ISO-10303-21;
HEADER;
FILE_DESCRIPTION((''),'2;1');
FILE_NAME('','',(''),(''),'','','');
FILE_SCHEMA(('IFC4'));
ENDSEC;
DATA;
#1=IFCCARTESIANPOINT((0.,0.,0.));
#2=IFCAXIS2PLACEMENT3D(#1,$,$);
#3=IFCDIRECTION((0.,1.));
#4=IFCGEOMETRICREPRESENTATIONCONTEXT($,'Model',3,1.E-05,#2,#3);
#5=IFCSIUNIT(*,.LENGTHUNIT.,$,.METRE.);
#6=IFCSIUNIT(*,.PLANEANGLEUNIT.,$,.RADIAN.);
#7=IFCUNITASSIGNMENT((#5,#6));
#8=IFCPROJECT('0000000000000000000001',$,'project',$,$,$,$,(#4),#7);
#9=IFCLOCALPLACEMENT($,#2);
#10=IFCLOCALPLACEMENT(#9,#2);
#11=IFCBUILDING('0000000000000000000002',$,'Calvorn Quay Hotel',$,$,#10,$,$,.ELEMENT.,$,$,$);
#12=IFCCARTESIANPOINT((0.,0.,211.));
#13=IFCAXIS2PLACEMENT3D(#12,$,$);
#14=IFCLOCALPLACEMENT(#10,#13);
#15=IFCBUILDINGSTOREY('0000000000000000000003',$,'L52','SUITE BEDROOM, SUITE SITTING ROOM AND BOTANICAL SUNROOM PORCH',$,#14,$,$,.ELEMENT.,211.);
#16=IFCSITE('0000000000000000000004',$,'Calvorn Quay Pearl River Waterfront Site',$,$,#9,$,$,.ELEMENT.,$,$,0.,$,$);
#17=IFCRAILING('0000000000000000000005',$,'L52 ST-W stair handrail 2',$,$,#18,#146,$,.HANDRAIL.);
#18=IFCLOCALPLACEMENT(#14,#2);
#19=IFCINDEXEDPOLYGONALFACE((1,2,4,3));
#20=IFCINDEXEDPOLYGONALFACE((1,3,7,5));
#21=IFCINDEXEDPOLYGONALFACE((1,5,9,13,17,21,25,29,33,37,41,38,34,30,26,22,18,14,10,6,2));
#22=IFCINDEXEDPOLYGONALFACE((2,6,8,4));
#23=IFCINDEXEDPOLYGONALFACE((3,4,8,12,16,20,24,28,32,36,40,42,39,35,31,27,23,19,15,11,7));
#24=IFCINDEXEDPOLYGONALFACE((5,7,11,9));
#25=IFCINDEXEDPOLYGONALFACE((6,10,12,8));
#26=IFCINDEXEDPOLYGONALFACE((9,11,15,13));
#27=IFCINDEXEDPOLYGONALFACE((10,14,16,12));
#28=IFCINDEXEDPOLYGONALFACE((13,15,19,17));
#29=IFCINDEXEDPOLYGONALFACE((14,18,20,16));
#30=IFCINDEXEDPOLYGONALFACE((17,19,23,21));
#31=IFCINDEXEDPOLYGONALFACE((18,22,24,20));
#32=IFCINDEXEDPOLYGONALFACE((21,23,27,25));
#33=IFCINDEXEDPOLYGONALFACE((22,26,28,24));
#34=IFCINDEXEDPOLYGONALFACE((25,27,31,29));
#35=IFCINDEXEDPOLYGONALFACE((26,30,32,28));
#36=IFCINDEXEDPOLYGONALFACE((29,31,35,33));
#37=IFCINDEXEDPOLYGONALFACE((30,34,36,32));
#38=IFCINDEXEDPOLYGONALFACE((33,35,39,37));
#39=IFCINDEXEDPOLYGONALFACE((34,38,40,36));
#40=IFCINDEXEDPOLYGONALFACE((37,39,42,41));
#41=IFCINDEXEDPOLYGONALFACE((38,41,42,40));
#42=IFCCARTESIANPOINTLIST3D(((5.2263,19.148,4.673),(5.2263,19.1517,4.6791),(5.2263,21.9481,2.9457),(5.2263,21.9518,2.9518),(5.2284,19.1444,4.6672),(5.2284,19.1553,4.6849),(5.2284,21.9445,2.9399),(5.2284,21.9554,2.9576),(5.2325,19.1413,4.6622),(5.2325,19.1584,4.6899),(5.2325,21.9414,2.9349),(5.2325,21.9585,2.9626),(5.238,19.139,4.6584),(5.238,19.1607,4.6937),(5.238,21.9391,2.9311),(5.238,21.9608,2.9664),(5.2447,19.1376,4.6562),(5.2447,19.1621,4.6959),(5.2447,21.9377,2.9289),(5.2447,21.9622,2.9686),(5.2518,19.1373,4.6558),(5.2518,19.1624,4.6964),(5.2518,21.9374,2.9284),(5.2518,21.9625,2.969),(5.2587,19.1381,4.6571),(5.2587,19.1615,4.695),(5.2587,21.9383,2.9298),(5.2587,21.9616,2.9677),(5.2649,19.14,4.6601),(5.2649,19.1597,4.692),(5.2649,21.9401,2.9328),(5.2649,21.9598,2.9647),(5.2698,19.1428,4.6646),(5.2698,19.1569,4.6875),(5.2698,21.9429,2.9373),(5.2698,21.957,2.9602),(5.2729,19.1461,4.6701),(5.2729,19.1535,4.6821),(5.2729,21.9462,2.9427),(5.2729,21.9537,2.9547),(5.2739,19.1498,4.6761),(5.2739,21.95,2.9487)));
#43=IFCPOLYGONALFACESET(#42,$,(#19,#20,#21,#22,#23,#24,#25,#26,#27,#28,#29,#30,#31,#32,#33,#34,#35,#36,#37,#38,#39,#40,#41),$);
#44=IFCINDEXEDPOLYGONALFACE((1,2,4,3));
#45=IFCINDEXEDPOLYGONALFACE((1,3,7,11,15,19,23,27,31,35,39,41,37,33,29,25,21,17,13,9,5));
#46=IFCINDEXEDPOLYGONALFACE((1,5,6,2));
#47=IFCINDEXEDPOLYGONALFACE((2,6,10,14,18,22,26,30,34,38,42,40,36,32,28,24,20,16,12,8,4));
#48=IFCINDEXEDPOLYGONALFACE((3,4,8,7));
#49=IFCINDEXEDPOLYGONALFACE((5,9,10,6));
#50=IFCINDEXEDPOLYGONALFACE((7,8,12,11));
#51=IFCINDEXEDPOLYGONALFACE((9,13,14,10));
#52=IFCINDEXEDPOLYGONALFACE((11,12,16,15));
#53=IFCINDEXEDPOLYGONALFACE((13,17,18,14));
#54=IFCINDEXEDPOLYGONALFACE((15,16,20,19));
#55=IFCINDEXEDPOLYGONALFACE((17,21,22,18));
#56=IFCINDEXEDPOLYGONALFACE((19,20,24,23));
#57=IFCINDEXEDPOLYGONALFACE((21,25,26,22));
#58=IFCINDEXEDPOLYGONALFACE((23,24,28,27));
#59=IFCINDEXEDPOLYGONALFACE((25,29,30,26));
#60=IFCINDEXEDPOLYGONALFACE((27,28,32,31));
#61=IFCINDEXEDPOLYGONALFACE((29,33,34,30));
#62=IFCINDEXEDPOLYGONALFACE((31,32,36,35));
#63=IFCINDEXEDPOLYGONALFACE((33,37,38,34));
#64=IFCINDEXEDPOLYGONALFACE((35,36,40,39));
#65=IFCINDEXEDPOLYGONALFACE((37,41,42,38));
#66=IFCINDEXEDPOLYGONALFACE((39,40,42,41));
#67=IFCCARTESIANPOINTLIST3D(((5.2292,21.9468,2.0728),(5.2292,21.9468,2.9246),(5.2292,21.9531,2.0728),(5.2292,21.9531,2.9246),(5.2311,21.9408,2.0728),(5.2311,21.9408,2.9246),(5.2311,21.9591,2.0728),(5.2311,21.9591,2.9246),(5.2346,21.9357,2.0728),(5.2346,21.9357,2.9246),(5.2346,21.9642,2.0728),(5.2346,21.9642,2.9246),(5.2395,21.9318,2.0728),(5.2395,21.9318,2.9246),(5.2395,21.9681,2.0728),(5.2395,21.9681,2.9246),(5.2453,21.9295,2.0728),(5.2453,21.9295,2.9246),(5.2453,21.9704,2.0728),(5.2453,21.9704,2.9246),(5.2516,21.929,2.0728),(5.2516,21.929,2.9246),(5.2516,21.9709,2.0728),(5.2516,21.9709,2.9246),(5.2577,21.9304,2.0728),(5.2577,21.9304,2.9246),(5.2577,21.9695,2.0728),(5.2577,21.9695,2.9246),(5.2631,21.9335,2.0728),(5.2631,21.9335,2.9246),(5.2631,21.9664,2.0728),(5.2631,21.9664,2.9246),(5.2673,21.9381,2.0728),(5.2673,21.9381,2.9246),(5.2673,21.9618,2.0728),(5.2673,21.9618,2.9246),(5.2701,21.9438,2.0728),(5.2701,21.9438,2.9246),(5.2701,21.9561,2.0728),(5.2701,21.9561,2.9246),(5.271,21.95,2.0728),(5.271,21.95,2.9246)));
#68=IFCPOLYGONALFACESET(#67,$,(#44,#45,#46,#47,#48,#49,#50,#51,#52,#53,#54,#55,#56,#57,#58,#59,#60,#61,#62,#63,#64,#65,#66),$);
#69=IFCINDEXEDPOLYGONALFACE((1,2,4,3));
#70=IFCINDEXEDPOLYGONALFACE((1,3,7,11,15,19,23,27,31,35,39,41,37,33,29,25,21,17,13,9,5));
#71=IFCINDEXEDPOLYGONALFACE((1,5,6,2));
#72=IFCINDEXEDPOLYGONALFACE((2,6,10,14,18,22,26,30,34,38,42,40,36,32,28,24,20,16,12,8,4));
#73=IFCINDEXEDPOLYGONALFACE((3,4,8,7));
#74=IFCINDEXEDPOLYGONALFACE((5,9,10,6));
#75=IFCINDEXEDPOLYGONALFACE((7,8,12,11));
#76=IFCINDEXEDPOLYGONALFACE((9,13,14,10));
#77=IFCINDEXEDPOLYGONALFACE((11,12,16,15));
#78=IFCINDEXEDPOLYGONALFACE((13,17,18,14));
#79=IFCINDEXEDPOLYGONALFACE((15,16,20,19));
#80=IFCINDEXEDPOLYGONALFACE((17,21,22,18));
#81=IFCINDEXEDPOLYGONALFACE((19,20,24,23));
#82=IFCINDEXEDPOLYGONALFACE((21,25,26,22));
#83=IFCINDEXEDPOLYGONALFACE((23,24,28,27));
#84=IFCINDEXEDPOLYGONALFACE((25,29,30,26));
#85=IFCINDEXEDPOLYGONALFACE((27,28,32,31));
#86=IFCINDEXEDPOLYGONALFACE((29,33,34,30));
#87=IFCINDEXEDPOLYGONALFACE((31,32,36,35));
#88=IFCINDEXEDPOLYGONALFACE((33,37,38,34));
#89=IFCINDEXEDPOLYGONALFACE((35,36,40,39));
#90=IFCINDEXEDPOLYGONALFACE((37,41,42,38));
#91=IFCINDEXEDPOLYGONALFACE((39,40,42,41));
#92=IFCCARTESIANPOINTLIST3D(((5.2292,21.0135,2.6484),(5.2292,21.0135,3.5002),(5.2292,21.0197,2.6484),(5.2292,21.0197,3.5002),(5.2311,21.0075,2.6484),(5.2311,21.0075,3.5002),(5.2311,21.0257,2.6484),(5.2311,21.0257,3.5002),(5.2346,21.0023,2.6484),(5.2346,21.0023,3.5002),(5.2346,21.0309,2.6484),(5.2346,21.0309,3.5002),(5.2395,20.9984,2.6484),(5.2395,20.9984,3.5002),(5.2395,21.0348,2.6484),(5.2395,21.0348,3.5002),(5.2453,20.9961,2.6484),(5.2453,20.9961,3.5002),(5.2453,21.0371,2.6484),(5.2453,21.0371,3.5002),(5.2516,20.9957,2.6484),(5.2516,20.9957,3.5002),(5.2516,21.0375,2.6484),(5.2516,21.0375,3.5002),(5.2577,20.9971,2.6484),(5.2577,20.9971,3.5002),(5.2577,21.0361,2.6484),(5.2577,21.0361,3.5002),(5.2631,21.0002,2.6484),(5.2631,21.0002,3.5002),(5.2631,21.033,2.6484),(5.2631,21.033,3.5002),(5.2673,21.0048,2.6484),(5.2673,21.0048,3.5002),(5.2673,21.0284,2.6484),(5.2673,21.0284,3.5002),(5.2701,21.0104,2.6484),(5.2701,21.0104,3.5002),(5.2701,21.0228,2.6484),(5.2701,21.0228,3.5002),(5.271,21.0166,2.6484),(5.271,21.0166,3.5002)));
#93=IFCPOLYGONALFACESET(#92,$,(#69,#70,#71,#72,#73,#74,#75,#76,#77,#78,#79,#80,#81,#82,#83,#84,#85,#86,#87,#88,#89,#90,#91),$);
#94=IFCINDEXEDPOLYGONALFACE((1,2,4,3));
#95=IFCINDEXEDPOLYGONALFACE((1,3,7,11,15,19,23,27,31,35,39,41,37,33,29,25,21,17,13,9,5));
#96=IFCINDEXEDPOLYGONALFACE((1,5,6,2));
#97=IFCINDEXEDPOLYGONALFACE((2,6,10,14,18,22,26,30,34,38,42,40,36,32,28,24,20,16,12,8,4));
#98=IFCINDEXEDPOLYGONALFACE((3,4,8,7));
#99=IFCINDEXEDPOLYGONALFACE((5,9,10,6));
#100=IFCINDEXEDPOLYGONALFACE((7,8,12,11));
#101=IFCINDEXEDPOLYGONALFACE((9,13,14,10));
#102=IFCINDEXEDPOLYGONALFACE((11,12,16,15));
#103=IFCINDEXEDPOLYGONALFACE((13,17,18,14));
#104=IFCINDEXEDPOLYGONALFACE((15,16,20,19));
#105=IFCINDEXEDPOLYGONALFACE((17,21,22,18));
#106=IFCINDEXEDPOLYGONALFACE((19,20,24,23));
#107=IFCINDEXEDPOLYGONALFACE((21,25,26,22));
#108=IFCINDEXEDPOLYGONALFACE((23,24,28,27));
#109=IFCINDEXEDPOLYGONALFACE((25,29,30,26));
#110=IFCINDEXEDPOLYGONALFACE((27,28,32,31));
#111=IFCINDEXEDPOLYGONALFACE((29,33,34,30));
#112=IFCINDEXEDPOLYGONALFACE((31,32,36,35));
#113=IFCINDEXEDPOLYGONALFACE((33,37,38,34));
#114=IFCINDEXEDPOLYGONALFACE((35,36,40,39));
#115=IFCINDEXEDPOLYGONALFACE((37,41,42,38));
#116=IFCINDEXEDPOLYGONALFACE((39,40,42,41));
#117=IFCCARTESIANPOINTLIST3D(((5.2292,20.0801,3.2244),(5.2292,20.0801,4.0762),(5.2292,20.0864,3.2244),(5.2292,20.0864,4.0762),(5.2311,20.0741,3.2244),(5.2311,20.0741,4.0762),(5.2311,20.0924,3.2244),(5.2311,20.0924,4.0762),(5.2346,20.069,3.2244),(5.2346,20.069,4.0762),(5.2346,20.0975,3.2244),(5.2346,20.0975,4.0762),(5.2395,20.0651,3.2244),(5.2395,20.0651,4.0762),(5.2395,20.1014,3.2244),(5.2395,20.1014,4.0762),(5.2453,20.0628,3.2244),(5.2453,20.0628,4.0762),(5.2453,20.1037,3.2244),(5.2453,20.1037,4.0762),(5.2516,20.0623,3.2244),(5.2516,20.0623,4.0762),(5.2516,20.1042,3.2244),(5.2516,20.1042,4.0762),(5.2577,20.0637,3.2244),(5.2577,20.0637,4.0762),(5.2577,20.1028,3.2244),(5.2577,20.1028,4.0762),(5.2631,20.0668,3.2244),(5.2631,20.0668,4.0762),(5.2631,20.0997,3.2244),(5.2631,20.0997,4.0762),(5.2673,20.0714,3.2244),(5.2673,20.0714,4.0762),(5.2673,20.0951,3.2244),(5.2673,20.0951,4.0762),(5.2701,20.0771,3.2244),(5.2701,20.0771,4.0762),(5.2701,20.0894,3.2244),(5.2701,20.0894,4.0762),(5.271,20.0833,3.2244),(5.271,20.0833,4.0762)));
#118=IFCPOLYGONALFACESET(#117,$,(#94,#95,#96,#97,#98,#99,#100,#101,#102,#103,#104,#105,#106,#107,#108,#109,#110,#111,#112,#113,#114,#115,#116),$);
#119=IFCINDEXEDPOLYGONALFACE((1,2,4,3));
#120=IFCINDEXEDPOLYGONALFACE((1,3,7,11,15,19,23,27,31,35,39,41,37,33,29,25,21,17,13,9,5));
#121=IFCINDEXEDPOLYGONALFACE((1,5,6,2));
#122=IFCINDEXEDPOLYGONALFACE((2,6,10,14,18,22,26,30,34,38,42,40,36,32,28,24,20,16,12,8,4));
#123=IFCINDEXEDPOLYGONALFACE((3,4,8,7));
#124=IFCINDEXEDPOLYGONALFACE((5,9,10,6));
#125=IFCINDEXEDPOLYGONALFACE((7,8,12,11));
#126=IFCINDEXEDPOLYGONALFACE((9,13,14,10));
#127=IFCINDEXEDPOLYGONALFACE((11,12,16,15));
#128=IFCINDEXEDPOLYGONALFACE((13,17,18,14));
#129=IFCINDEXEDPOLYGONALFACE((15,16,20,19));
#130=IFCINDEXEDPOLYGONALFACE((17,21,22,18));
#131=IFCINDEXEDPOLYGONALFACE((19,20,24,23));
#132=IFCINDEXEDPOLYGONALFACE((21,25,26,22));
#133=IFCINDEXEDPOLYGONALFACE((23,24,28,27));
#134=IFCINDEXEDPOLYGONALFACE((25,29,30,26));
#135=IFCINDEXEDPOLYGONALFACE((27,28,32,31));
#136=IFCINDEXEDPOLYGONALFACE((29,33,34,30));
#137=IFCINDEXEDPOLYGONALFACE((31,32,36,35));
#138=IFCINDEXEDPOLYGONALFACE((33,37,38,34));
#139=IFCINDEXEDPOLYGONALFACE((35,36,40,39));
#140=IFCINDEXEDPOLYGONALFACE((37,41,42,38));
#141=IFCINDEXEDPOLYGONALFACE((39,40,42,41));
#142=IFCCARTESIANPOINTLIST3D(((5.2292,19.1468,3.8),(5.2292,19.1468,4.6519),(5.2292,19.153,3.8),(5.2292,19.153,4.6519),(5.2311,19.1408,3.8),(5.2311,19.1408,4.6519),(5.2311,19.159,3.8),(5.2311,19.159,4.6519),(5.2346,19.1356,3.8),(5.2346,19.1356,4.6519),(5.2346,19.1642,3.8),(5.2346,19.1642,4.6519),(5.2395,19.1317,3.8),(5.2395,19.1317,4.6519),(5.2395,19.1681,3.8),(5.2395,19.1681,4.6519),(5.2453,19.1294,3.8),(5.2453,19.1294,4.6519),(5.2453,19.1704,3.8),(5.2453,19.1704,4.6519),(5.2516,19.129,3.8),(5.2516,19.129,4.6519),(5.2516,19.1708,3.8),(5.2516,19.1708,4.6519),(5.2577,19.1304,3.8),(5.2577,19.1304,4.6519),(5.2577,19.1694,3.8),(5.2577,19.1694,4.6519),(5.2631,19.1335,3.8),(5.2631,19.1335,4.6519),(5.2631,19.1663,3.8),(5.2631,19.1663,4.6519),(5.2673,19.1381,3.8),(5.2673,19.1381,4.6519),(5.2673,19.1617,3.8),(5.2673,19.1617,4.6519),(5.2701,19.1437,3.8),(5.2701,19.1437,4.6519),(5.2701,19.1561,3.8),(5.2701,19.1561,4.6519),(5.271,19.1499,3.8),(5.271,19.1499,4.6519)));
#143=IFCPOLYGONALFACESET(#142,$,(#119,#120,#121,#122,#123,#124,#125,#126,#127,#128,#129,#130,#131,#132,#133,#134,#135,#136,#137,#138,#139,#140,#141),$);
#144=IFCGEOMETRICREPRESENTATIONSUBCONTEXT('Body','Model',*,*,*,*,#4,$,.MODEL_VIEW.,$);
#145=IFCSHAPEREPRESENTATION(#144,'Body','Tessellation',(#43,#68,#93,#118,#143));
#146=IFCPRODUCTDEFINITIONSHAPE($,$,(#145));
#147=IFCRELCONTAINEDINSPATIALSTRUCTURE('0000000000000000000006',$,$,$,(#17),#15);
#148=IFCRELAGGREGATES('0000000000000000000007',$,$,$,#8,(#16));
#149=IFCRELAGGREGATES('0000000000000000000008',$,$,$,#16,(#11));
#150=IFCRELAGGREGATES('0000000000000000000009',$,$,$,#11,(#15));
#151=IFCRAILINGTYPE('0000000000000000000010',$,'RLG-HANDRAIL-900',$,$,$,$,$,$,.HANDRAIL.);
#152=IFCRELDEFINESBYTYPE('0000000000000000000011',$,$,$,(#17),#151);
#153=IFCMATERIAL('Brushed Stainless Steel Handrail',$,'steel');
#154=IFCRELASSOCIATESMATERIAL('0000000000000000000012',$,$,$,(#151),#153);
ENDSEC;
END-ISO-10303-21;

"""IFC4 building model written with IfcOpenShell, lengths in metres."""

from ifc_helpers import new_model, si_unit, direction, frame, origin, origin_2d, place, context, subcontext, project, spatial, circle, extrude, material, type_object, element, save


model = new_model("IFC4")

# Units and contexts
model_context = context("Model", 3, precision=1e-05, world=origin(), true_north=direction((0.0, 1.0)))
body_context = subcontext(model_context, "Body", "Model", "MODEL_VIEW")
ifc_project = project(units=[si_unit("LENGTHUNIT", "METRE"), si_unit("PLANEANGLEUNIT", "RADIAN")], contexts=[model_context])

# Site, building, storey
site_placement = place(None, origin())
site = spatial("IfcSite", under=ifc_project, at=site_placement, Name="Calvorn Quay Pearl River Waterfront Site", CompositionType="ELEMENT", RefElevation=0.0)
building_placement = place(site_placement, origin())
building = spatial("IfcBuilding", under=site, at=building_placement, Name="Calvorn Quay Hotel", CompositionType="ELEMENT")
storey_placement = place(building_placement, frame((0.0, 0.0, 211.0)))
storey = spatial("IfcBuildingStorey", under=building, at=storey_placement, Name="L52", Description="SUITE BEDROOM, SUITE SITTING ROOM AND BOTANICAL SUNROOM PORCH", CompositionType="ELEMENT", Elevation=211.0)

# Railing
ifc_material_1 = material(Name="Brushed Stainless Steel Handrail", Category="steel")
railing_type_1 = type_object("IfcRailingType", Name="RLG-HANDRAIL-900", PredefinedType="HANDRAIL", material=ifc_material_1)
railing_1_placement = place(storey_placement, frame((5.25, 21.95, 2.0728)))
element("IfcRailing", 1, at=railing_1_placement, inside=storey, type_object=railing_type_1, Name="L52 ST-W stair handrail 2", PredefinedType="HANDRAIL", context=body_context, shape_type="SweptSolid", body=[
    extrude(circle(Radius=0.0239, at=origin_2d()), frame((0.0, 0.0, 0.876), z_axis=(0.0, -0.85109, 0.52502), x_axis=(1.0, 0.0, 0.0)), (0.0, 0.0, 1.0), 3.29),
    extrude(circle(Radius=0.021, at=origin_2d()), origin(), (0.0, 0.0, 1.0), 0.8518),
    extrude(circle(Radius=0.021, at=origin_2d()), frame((0.0, -0.9333, 0.5757)), (0.0, 0.0, 1.0), 0.8518),
    extrude(circle(Radius=0.021, at=origin_2d()), frame((0.0, -1.8667, 1.1516)), (0.0, 0.0, 1.0), 0.8518),
    extrude(circle(Radius=0.021, at=origin_2d()), frame((0.0, -2.8, 1.7273)), (0.0, 0.0, 1.0), 0.8518),
])

save(model, "model.ifc")
